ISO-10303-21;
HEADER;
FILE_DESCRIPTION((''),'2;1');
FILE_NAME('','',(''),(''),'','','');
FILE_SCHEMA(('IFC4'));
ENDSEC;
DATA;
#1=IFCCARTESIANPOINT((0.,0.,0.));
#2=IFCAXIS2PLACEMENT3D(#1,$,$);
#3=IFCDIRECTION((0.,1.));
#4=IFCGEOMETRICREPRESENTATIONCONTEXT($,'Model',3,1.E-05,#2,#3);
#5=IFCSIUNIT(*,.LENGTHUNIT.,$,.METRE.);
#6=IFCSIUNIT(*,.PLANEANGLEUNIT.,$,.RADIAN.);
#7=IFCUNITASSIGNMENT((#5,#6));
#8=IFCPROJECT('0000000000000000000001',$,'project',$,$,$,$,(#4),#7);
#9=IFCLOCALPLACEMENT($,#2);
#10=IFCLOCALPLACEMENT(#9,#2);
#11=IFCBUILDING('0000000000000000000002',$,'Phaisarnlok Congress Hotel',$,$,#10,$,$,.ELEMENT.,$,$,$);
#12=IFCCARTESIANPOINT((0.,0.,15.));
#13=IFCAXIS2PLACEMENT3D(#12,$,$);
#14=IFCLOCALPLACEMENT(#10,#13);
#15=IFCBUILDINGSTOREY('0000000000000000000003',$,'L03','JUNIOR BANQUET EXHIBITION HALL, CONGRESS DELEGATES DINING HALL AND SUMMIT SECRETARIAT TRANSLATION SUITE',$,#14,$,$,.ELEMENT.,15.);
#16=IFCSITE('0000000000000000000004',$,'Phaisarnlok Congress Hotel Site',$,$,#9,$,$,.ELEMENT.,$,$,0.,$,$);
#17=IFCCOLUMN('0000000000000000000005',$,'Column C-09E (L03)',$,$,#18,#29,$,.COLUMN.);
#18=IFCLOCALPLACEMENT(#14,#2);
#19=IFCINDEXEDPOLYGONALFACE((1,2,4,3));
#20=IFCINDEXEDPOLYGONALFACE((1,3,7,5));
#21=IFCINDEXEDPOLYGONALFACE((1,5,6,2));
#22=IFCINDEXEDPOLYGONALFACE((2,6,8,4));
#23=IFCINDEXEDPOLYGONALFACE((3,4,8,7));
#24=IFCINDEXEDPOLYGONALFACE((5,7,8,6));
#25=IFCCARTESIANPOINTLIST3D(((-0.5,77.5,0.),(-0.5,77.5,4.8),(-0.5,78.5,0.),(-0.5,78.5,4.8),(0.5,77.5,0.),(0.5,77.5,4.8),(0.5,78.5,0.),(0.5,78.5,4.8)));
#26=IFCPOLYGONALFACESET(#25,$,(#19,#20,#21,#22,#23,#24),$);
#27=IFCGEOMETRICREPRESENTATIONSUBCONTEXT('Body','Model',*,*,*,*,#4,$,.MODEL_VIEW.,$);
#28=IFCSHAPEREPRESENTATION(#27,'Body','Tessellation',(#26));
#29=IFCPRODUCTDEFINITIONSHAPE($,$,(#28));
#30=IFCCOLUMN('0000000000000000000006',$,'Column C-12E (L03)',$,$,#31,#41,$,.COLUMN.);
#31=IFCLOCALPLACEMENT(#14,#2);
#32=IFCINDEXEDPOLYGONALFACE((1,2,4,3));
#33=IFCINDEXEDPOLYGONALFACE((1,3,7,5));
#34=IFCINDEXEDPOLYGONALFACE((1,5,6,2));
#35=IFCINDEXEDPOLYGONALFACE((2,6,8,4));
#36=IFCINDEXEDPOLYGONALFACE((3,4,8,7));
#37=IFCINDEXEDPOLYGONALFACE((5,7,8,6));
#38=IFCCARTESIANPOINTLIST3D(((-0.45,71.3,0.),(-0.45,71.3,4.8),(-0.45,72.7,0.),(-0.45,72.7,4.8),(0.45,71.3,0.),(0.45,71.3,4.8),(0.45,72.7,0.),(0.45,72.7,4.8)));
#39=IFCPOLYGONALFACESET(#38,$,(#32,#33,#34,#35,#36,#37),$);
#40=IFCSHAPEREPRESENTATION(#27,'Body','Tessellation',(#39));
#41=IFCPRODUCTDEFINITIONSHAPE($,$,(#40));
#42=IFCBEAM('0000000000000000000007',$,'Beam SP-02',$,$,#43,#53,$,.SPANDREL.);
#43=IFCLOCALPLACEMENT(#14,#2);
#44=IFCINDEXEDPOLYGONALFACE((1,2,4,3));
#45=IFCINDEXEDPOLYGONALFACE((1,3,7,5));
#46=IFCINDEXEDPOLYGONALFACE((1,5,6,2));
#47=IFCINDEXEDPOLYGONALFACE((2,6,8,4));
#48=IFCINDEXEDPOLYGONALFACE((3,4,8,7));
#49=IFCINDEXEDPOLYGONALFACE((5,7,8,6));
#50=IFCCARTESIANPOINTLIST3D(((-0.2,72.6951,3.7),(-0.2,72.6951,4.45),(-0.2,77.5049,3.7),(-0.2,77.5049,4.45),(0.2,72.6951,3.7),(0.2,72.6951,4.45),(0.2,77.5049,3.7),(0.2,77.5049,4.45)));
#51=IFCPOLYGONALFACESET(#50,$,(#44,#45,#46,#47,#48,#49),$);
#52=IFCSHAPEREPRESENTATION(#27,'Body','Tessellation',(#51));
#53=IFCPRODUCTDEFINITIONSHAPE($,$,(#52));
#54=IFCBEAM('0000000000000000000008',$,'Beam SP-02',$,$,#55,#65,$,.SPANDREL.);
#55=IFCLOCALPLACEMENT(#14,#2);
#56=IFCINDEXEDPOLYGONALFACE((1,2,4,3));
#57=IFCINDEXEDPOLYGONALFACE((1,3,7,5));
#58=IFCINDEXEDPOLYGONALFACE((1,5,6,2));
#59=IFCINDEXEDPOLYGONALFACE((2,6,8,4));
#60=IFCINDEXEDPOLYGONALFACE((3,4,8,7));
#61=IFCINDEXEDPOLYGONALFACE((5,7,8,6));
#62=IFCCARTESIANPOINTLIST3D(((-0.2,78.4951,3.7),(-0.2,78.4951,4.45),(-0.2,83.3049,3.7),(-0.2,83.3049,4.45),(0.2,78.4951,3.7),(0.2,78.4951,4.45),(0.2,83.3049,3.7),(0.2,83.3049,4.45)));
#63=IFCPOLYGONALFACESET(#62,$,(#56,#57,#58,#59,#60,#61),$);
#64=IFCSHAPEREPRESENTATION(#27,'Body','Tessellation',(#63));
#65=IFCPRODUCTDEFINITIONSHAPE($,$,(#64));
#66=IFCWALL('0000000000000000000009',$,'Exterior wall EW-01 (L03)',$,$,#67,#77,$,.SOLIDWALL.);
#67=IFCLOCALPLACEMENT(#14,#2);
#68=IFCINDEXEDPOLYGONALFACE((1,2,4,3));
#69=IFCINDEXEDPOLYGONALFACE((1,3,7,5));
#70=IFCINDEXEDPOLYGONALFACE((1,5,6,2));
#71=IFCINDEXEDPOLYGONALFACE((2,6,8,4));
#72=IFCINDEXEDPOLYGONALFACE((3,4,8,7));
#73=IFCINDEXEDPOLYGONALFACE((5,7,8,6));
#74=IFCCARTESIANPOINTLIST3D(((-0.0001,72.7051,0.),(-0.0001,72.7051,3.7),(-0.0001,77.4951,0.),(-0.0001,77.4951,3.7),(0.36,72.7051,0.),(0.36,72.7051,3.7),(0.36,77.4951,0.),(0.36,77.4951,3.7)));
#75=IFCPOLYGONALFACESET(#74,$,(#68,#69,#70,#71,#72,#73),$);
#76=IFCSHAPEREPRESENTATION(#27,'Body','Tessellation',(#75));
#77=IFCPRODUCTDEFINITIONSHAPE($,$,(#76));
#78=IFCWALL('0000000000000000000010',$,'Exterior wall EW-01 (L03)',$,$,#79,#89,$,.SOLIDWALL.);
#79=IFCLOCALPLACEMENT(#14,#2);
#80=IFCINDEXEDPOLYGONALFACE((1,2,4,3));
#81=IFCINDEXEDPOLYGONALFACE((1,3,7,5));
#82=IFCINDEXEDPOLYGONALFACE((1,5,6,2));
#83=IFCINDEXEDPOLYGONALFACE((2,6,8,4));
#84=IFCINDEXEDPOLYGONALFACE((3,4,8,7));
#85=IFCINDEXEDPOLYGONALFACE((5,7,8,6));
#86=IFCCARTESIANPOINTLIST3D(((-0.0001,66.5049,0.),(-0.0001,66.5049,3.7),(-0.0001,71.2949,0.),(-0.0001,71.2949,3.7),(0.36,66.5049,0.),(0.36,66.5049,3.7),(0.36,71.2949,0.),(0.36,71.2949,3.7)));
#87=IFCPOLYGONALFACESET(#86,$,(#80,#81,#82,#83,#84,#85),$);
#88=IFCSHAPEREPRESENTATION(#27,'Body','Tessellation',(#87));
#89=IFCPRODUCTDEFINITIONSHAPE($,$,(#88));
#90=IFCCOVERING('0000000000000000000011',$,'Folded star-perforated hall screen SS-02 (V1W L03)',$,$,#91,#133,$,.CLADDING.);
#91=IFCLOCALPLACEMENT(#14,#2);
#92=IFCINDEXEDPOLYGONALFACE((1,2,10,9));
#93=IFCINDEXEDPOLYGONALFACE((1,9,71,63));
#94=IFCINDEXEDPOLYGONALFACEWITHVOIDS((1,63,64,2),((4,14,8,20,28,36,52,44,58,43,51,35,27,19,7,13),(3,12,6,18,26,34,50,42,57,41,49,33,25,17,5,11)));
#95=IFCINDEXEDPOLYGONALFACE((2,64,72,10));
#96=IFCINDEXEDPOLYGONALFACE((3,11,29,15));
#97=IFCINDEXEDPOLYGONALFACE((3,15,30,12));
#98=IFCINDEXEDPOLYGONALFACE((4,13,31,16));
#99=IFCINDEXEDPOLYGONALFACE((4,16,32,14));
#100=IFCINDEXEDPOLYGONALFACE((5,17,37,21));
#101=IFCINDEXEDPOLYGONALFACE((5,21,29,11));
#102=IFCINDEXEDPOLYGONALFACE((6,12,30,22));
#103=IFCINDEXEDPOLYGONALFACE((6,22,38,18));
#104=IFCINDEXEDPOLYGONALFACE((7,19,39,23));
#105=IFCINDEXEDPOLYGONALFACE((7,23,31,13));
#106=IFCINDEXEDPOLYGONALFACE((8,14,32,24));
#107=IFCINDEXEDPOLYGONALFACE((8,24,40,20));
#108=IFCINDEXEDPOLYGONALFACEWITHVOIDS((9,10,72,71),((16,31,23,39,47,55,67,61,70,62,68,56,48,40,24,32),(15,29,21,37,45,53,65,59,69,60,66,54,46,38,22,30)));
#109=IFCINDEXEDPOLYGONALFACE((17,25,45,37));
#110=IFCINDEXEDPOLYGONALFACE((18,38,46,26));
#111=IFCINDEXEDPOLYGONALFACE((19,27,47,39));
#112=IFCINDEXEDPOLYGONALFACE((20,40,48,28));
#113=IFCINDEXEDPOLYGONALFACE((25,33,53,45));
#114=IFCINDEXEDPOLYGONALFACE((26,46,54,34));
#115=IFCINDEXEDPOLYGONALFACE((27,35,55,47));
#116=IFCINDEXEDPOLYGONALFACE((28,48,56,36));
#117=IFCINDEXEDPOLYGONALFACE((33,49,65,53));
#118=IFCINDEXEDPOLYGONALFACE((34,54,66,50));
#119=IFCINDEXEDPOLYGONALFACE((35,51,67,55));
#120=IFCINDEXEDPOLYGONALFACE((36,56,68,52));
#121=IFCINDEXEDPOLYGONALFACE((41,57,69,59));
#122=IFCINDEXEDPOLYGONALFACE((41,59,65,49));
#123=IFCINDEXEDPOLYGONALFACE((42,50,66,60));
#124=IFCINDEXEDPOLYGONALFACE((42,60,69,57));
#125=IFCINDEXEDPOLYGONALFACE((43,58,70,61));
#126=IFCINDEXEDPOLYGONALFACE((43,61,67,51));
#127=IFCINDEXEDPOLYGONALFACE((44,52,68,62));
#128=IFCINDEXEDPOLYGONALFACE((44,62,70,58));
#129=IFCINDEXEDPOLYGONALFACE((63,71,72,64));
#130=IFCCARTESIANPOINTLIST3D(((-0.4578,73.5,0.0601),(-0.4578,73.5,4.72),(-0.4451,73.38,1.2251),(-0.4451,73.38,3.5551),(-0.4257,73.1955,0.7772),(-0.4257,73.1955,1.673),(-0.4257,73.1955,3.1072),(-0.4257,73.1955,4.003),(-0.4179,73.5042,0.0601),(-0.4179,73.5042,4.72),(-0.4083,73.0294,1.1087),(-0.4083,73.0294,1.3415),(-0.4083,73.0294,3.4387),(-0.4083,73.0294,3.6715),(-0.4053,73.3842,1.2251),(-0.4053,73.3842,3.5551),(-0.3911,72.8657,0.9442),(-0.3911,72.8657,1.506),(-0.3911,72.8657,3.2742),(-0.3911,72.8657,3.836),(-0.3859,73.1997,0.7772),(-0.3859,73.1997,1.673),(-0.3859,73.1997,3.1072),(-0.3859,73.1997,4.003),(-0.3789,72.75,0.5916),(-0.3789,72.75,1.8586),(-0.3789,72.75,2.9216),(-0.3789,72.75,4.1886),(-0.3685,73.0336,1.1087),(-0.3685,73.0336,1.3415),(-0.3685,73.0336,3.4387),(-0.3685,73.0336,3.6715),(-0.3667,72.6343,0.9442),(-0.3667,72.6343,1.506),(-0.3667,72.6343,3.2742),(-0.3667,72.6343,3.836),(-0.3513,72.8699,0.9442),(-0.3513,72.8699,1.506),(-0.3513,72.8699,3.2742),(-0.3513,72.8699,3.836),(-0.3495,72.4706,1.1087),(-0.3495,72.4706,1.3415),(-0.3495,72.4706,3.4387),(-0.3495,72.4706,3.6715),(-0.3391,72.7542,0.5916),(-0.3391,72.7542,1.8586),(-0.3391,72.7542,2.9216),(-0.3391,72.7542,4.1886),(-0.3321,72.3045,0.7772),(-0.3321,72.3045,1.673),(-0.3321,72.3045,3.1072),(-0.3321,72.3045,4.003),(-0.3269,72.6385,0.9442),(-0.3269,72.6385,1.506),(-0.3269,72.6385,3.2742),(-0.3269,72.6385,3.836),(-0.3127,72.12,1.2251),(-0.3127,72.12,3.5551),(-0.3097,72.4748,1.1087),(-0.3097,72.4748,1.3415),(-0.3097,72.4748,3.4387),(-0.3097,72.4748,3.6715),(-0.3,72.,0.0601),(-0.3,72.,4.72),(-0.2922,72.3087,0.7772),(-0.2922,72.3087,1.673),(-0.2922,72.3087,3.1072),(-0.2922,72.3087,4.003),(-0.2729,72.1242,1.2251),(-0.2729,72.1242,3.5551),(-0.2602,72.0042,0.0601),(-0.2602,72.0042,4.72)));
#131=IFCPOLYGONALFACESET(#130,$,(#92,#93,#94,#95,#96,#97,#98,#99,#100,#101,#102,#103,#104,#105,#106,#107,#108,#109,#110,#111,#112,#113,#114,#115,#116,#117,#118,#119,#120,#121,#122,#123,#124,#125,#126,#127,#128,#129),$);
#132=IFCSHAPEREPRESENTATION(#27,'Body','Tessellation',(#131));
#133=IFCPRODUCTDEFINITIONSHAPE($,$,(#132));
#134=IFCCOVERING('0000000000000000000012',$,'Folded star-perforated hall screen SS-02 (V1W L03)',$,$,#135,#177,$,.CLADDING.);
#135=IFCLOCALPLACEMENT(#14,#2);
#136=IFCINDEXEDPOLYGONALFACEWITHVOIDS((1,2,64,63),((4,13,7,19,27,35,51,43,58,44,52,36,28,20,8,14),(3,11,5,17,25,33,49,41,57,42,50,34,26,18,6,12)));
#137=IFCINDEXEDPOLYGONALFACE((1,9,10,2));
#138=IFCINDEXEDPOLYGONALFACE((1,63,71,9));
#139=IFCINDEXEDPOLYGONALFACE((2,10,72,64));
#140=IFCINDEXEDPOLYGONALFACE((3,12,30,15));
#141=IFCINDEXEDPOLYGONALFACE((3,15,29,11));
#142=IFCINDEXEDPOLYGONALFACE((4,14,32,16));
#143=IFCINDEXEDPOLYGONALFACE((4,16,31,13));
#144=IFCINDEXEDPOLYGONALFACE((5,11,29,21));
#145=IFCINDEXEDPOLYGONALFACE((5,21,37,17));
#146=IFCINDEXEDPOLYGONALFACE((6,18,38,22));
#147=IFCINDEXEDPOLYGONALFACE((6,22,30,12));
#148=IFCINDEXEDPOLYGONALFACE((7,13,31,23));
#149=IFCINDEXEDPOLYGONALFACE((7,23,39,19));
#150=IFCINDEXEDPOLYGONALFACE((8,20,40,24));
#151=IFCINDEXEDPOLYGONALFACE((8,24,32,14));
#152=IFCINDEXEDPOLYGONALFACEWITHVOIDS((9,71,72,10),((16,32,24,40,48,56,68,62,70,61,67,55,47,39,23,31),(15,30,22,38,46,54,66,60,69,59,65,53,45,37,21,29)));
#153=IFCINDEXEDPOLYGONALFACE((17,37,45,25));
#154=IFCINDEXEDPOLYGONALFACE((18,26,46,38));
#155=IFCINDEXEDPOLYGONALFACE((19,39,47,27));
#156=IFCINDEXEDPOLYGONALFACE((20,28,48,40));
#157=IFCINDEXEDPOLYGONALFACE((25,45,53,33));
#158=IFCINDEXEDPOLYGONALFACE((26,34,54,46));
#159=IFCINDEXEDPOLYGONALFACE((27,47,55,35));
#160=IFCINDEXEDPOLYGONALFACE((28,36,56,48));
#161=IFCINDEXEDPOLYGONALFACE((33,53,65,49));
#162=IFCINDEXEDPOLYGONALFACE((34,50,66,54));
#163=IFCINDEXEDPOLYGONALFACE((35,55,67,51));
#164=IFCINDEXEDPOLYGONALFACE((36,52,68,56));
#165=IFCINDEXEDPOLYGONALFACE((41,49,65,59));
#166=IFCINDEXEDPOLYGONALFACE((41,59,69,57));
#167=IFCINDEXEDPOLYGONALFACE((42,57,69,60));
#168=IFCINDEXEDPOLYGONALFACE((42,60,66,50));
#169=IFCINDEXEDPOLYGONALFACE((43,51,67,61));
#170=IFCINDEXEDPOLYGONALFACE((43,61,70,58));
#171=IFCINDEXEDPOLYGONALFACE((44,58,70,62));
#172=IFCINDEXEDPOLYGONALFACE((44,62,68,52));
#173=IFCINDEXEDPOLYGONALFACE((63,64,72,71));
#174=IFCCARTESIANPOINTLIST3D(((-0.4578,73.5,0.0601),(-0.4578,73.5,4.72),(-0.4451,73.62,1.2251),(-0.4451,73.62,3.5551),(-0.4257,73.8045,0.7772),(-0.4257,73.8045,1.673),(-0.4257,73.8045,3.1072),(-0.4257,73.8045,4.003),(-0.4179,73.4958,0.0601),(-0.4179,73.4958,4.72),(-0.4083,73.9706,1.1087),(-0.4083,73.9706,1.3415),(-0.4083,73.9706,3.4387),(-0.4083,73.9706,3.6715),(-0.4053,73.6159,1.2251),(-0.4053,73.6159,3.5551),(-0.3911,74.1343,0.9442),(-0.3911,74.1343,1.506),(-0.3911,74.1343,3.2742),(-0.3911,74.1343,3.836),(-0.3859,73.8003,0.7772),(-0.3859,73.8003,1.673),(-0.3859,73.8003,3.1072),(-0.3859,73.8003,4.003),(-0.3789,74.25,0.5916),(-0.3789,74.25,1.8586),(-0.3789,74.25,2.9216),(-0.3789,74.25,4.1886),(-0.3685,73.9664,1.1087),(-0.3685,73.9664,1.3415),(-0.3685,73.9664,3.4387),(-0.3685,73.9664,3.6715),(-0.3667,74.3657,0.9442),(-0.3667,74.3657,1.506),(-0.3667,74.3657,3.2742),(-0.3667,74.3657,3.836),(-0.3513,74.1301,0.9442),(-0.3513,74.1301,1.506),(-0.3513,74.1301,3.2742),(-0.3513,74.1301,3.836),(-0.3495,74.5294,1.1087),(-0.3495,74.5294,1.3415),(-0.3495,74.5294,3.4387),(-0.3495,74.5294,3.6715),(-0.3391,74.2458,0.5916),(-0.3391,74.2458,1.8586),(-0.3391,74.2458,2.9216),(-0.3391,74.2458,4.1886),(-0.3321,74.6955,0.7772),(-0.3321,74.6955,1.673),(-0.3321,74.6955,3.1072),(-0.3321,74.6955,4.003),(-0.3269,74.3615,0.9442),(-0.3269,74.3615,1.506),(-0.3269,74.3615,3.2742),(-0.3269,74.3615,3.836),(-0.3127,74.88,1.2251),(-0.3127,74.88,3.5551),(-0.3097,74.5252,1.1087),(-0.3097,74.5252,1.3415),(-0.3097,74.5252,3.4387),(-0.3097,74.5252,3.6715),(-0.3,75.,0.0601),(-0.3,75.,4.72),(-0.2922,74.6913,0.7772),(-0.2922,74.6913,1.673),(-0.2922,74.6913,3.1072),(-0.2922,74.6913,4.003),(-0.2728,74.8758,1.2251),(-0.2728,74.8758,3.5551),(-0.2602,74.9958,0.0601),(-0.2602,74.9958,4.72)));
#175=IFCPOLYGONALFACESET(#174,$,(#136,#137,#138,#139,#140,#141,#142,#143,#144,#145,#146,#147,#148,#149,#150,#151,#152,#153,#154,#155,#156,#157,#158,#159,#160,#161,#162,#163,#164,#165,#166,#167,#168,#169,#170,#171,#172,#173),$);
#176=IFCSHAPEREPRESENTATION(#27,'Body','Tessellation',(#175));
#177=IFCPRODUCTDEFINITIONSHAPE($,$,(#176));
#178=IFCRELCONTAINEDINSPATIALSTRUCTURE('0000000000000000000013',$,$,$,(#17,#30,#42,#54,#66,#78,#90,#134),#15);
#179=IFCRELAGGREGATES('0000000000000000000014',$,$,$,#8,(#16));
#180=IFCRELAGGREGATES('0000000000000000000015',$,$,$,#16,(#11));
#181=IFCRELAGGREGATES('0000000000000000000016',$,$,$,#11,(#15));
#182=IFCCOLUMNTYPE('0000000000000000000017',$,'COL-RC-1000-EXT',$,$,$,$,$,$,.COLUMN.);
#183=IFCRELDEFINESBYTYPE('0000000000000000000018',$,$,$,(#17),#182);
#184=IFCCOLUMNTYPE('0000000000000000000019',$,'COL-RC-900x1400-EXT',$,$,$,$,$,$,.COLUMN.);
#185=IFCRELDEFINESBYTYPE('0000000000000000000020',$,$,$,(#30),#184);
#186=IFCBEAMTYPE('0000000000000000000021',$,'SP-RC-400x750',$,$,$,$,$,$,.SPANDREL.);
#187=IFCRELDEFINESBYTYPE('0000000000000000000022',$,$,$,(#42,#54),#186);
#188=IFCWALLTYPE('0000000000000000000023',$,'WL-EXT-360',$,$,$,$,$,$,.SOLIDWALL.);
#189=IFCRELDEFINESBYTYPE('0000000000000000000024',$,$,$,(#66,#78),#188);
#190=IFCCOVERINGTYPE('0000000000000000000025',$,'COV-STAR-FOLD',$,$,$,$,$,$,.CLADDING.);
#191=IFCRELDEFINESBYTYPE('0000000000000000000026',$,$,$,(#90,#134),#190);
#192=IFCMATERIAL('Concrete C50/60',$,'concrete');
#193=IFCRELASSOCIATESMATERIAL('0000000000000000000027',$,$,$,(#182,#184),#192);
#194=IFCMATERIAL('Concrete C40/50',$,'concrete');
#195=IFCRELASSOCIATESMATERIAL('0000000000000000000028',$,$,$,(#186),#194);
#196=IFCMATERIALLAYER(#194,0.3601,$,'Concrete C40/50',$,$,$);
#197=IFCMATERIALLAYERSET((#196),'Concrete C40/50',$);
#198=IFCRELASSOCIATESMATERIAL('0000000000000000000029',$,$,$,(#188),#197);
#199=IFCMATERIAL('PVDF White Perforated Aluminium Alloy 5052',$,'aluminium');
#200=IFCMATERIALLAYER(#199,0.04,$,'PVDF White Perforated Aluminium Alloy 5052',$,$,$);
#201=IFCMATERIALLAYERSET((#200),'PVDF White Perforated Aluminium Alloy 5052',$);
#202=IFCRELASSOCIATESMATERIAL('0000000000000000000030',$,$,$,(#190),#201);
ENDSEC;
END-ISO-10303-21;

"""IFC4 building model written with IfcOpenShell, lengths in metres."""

from ifc_helpers import new_model, si_unit, direction, frame, frame_2d, origin, origin_2d, place, context, subcontext, project, spatial, polyline, rectangle, outline, extrude, material, layer, layer_set, material_profile, profile_set, type_object, element, save


model = new_model("IFC4")

# Units and contexts
model_context = context("Model", 3, precision=1e-05, world=origin(), true_north=direction((0.0, 1.0)))
body_context = subcontext(model_context, "Body", "Model", "MODEL_VIEW")
ifc_project = project(units=[si_unit("LENGTHUNIT", "METRE"), si_unit("PLANEANGLEUNIT", "RADIAN")], contexts=[model_context])

# Site, building, storey
site_placement = place(None, origin())
site = spatial("IfcSite", under=ifc_project, at=site_placement, Name="Phaisarnlok Congress Hotel Site", CompositionType="ELEMENT", RefElevation=0.0)
building_placement = place(site_placement, origin())
building = spatial("IfcBuilding", under=site, at=building_placement, Name="Phaisarnlok Congress Hotel", CompositionType="ELEMENT")
storey_placement = place(building_placement, frame((0.0, 0.0, 15.0)))
storey = spatial("IfcBuildingStorey", under=building, at=storey_placement, Name="L03", Description="JUNIOR BANQUET EXHIBITION HALL, CONGRESS DELEGATES DINING HALL AND SUMMIT SECRETARIAT TRANSLATION SUITE", CompositionType="ELEMENT", Elevation=15.0)

# Columns
ifc_material_1 = material(Name="Concrete C50/60", Category="concrete")
ifc_material_profile_1 = material_profile(ifc_material_1, rectangle(XDim=1.0, YDim=1.0, at=origin_2d()), Name="RC 1000x1000")
ifc_profile_set_1 = profile_set([ifc_material_profile_1], Name="Concrete C50/60")
column_type_1 = type_object("IfcColumnType", Name="COL-RC-1000-EXT", PredefinedType="COLUMN", material=ifc_profile_set_1)
column_1_placement = place(storey_placement, frame((0.0, 78.0, 0.0), z_axis=(0.0, 0.0, 1.0), x_axis=(1.0, 0.0, 0.0)))
element("IfcColumn", 1, at=column_1_placement, inside=storey, type_object=column_type_1, Name="Column C-09E (L03)", PredefinedType="COLUMN", context=body_context, shape_type="SweptSolid", body=[
    extrude(rectangle(XDim=1.0, YDim=1.0, at=origin_2d()), origin(), (0.0, 0.0, 1.0), 4.8),
])
ifc_material_profile_2 = material_profile(ifc_material_1, rectangle(XDim=0.8999, YDim=1.3999, at=origin_2d()), Name="RC 900x1400")
ifc_profile_set_2 = profile_set([ifc_material_profile_2], Name="Concrete C50/60")
column_type_2 = type_object("IfcColumnType", Name="COL-RC-900x1400-EXT", PredefinedType="COLUMN", material=ifc_profile_set_2)
column_2_placement = place(storey_placement, frame((0.0, 72.0, 0.0), z_axis=(0.0, 0.0, 1.0), x_axis=(1.0, 0.0, 0.0)))
element("IfcColumn", 2, at=column_2_placement, inside=storey, type_object=column_type_2, Name="Column C-12E (L03)", PredefinedType="COLUMN", context=body_context, shape_type="SweptSolid", body=[
    extrude(rectangle(XDim=0.8999, YDim=1.3999, at=origin_2d()), origin(), (0.0, 0.0, 1.0), 4.8),
])

# Beams
ifc_material_2 = material(Name="Concrete C40/50", Category="concrete")
ifc_material_profile_3 = material_profile(ifc_material_2, rectangle(XDim=0.3999, YDim=0.75, at=origin_2d()), Name="RC 400x750")
ifc_profile_set_3 = profile_set([ifc_material_profile_3], Name="Concrete C40/50")
beam_type = type_object("IfcBeamType", Name="SP-RC-400x750", PredefinedType="SPANDREL", material=ifc_profile_set_3)
for number, where, z_axis, x_axis, name in (
    (3, (0.0, 72.6951, 4.075), (0.0, 1.0, 0.0), (-1.0, 0.0, 0.0), "Beam SP-02"),
    (4, (0.0, 78.4951, 4.075), (0.0, 1.0, 0.0), (-1.0, 0.0, 0.0), "Beam SP-02"),
):
    element("IfcBeam", number, at=place(storey_placement, frame(where, z_axis=z_axis, x_axis=x_axis)), inside=storey, type_object=beam_type, Name=name, PredefinedType="SPANDREL", context=body_context, shape_type="SweptSolid", body=[
        extrude(rectangle(XDim=0.3999, YDim=0.75, at=origin_2d()), origin(), (0.0, 0.0, 1.0), 4.8098),
    ])

# Walls
ifc_layer_1 = layer(ifc_material_2, 0.3601, Name="Concrete C40/50")
ifc_layer_set_1 = layer_set([ifc_layer_1], Name="Concrete C40/50")
wall_type = type_object("IfcWallType", Name="WL-EXT-360", PredefinedType="SOLIDWALL", material=ifc_layer_set_1)
for number, where, z_axis, x_axis, name in (
    (5, (0.1799, 77.4951, 0.0), (0.0, 0.0, 1.0), (0.0, -1.0, 0.0), "Exterior wall EW-01 (L03)"),
    (6, (0.1799, 71.2949, 0.0), (0.0, 0.0, 1.0), (0.0, -1.0, 0.0), "Exterior wall EW-01 (L03)"),
):
    element("IfcWall", number, at=place(storey_placement, frame(where, z_axis=z_axis, x_axis=x_axis)), inside=storey, type_object=wall_type, Name=name, PredefinedType="SOLIDWALL", context=body_context, shape_type="SweptSolid", body=[
        extrude(rectangle(XDim=4.79, YDim=0.3601, at=frame_2d((2.395, 0.0))), origin(), (0.0, 0.0, 1.0), 3.7),
    ])

# Coverings
ifc_material_3 = material(Name="PVDF White Perforated Aluminium Alloy 5052", Category="aluminium")
ifc_layer_2 = layer(ifc_material_3, 0.04, Name="PVDF White Perforated Aluminium Alloy 5052")
ifc_layer_set_2 = layer_set([ifc_layer_2], Name="PVDF White Perforated Aluminium Alloy 5052")
covering_type = type_object("IfcCoveringType", Name="COV-STAR-FOLD", PredefinedType="CLADDING", material=ifc_layer_set_2)
for number, where, z_axis, x_axis, name in (
    (7, (-0.3, 72.0, 0.0601), (0.994518, 0.104567, 0.0), (-0.104567, 0.994518, 0.0), "Folded star-perforated hall screen SS-02 (V1W L03)"),
    (8, (-0.4578, 73.5, 0.0601), (0.994518, -0.104567, 0.0), (0.104567, 0.994518, 0.0), "Folded star-perforated hall screen SS-02 (V1W L03)"),
):
    element("IfcCovering", number, at=place(storey_placement, frame(where, z_axis=z_axis, x_axis=x_axis)), inside=storey, type_object=covering_type, Name=name, PredefinedType="CLADDING", context=body_context, shape_type="SweptSolid", body=[
        extrude(outline(polyline([(0.0, 0.0), (1.5083, 0.0), (1.5083, 4.6599), (0.0, 4.6599), (0.0, 0.0)]), holes=[polyline([(1.0351, 1.0486), (1.2021, 0.7171), (0.8705, 0.8841), (0.7541, 0.5315), (0.6378, 0.8841), (0.3062, 0.7171), (0.4732, 1.0486), (0.1207, 1.165), (0.4732, 1.2814), (0.3062, 1.6129), (0.6378, 1.4459), (0.7541, 1.7985), (0.8705, 1.4459), (1.2021, 1.6129), (1.0351, 1.2814), (1.3876, 1.165), (1.0351, 1.0486)]), polyline([(1.0351, 3.3786), (1.2021, 3.0471), (0.8705, 3.2141), (0.7541, 2.8615), (0.6378, 3.2141), (0.3062, 3.0471), (0.4732, 3.3786), (0.1207, 3.495), (0.4732, 3.6114), (0.3062, 3.9429), (0.6378, 3.7759), (0.7541, 4.1285), (0.8705, 3.7759), (1.2021, 3.9429), (1.0351, 3.6114), (1.3876, 3.495), (1.0351, 3.3786)])]), origin(), (0.0, 0.0, 1.0), 0.04),
    ])

save(model, "model.ifc")
